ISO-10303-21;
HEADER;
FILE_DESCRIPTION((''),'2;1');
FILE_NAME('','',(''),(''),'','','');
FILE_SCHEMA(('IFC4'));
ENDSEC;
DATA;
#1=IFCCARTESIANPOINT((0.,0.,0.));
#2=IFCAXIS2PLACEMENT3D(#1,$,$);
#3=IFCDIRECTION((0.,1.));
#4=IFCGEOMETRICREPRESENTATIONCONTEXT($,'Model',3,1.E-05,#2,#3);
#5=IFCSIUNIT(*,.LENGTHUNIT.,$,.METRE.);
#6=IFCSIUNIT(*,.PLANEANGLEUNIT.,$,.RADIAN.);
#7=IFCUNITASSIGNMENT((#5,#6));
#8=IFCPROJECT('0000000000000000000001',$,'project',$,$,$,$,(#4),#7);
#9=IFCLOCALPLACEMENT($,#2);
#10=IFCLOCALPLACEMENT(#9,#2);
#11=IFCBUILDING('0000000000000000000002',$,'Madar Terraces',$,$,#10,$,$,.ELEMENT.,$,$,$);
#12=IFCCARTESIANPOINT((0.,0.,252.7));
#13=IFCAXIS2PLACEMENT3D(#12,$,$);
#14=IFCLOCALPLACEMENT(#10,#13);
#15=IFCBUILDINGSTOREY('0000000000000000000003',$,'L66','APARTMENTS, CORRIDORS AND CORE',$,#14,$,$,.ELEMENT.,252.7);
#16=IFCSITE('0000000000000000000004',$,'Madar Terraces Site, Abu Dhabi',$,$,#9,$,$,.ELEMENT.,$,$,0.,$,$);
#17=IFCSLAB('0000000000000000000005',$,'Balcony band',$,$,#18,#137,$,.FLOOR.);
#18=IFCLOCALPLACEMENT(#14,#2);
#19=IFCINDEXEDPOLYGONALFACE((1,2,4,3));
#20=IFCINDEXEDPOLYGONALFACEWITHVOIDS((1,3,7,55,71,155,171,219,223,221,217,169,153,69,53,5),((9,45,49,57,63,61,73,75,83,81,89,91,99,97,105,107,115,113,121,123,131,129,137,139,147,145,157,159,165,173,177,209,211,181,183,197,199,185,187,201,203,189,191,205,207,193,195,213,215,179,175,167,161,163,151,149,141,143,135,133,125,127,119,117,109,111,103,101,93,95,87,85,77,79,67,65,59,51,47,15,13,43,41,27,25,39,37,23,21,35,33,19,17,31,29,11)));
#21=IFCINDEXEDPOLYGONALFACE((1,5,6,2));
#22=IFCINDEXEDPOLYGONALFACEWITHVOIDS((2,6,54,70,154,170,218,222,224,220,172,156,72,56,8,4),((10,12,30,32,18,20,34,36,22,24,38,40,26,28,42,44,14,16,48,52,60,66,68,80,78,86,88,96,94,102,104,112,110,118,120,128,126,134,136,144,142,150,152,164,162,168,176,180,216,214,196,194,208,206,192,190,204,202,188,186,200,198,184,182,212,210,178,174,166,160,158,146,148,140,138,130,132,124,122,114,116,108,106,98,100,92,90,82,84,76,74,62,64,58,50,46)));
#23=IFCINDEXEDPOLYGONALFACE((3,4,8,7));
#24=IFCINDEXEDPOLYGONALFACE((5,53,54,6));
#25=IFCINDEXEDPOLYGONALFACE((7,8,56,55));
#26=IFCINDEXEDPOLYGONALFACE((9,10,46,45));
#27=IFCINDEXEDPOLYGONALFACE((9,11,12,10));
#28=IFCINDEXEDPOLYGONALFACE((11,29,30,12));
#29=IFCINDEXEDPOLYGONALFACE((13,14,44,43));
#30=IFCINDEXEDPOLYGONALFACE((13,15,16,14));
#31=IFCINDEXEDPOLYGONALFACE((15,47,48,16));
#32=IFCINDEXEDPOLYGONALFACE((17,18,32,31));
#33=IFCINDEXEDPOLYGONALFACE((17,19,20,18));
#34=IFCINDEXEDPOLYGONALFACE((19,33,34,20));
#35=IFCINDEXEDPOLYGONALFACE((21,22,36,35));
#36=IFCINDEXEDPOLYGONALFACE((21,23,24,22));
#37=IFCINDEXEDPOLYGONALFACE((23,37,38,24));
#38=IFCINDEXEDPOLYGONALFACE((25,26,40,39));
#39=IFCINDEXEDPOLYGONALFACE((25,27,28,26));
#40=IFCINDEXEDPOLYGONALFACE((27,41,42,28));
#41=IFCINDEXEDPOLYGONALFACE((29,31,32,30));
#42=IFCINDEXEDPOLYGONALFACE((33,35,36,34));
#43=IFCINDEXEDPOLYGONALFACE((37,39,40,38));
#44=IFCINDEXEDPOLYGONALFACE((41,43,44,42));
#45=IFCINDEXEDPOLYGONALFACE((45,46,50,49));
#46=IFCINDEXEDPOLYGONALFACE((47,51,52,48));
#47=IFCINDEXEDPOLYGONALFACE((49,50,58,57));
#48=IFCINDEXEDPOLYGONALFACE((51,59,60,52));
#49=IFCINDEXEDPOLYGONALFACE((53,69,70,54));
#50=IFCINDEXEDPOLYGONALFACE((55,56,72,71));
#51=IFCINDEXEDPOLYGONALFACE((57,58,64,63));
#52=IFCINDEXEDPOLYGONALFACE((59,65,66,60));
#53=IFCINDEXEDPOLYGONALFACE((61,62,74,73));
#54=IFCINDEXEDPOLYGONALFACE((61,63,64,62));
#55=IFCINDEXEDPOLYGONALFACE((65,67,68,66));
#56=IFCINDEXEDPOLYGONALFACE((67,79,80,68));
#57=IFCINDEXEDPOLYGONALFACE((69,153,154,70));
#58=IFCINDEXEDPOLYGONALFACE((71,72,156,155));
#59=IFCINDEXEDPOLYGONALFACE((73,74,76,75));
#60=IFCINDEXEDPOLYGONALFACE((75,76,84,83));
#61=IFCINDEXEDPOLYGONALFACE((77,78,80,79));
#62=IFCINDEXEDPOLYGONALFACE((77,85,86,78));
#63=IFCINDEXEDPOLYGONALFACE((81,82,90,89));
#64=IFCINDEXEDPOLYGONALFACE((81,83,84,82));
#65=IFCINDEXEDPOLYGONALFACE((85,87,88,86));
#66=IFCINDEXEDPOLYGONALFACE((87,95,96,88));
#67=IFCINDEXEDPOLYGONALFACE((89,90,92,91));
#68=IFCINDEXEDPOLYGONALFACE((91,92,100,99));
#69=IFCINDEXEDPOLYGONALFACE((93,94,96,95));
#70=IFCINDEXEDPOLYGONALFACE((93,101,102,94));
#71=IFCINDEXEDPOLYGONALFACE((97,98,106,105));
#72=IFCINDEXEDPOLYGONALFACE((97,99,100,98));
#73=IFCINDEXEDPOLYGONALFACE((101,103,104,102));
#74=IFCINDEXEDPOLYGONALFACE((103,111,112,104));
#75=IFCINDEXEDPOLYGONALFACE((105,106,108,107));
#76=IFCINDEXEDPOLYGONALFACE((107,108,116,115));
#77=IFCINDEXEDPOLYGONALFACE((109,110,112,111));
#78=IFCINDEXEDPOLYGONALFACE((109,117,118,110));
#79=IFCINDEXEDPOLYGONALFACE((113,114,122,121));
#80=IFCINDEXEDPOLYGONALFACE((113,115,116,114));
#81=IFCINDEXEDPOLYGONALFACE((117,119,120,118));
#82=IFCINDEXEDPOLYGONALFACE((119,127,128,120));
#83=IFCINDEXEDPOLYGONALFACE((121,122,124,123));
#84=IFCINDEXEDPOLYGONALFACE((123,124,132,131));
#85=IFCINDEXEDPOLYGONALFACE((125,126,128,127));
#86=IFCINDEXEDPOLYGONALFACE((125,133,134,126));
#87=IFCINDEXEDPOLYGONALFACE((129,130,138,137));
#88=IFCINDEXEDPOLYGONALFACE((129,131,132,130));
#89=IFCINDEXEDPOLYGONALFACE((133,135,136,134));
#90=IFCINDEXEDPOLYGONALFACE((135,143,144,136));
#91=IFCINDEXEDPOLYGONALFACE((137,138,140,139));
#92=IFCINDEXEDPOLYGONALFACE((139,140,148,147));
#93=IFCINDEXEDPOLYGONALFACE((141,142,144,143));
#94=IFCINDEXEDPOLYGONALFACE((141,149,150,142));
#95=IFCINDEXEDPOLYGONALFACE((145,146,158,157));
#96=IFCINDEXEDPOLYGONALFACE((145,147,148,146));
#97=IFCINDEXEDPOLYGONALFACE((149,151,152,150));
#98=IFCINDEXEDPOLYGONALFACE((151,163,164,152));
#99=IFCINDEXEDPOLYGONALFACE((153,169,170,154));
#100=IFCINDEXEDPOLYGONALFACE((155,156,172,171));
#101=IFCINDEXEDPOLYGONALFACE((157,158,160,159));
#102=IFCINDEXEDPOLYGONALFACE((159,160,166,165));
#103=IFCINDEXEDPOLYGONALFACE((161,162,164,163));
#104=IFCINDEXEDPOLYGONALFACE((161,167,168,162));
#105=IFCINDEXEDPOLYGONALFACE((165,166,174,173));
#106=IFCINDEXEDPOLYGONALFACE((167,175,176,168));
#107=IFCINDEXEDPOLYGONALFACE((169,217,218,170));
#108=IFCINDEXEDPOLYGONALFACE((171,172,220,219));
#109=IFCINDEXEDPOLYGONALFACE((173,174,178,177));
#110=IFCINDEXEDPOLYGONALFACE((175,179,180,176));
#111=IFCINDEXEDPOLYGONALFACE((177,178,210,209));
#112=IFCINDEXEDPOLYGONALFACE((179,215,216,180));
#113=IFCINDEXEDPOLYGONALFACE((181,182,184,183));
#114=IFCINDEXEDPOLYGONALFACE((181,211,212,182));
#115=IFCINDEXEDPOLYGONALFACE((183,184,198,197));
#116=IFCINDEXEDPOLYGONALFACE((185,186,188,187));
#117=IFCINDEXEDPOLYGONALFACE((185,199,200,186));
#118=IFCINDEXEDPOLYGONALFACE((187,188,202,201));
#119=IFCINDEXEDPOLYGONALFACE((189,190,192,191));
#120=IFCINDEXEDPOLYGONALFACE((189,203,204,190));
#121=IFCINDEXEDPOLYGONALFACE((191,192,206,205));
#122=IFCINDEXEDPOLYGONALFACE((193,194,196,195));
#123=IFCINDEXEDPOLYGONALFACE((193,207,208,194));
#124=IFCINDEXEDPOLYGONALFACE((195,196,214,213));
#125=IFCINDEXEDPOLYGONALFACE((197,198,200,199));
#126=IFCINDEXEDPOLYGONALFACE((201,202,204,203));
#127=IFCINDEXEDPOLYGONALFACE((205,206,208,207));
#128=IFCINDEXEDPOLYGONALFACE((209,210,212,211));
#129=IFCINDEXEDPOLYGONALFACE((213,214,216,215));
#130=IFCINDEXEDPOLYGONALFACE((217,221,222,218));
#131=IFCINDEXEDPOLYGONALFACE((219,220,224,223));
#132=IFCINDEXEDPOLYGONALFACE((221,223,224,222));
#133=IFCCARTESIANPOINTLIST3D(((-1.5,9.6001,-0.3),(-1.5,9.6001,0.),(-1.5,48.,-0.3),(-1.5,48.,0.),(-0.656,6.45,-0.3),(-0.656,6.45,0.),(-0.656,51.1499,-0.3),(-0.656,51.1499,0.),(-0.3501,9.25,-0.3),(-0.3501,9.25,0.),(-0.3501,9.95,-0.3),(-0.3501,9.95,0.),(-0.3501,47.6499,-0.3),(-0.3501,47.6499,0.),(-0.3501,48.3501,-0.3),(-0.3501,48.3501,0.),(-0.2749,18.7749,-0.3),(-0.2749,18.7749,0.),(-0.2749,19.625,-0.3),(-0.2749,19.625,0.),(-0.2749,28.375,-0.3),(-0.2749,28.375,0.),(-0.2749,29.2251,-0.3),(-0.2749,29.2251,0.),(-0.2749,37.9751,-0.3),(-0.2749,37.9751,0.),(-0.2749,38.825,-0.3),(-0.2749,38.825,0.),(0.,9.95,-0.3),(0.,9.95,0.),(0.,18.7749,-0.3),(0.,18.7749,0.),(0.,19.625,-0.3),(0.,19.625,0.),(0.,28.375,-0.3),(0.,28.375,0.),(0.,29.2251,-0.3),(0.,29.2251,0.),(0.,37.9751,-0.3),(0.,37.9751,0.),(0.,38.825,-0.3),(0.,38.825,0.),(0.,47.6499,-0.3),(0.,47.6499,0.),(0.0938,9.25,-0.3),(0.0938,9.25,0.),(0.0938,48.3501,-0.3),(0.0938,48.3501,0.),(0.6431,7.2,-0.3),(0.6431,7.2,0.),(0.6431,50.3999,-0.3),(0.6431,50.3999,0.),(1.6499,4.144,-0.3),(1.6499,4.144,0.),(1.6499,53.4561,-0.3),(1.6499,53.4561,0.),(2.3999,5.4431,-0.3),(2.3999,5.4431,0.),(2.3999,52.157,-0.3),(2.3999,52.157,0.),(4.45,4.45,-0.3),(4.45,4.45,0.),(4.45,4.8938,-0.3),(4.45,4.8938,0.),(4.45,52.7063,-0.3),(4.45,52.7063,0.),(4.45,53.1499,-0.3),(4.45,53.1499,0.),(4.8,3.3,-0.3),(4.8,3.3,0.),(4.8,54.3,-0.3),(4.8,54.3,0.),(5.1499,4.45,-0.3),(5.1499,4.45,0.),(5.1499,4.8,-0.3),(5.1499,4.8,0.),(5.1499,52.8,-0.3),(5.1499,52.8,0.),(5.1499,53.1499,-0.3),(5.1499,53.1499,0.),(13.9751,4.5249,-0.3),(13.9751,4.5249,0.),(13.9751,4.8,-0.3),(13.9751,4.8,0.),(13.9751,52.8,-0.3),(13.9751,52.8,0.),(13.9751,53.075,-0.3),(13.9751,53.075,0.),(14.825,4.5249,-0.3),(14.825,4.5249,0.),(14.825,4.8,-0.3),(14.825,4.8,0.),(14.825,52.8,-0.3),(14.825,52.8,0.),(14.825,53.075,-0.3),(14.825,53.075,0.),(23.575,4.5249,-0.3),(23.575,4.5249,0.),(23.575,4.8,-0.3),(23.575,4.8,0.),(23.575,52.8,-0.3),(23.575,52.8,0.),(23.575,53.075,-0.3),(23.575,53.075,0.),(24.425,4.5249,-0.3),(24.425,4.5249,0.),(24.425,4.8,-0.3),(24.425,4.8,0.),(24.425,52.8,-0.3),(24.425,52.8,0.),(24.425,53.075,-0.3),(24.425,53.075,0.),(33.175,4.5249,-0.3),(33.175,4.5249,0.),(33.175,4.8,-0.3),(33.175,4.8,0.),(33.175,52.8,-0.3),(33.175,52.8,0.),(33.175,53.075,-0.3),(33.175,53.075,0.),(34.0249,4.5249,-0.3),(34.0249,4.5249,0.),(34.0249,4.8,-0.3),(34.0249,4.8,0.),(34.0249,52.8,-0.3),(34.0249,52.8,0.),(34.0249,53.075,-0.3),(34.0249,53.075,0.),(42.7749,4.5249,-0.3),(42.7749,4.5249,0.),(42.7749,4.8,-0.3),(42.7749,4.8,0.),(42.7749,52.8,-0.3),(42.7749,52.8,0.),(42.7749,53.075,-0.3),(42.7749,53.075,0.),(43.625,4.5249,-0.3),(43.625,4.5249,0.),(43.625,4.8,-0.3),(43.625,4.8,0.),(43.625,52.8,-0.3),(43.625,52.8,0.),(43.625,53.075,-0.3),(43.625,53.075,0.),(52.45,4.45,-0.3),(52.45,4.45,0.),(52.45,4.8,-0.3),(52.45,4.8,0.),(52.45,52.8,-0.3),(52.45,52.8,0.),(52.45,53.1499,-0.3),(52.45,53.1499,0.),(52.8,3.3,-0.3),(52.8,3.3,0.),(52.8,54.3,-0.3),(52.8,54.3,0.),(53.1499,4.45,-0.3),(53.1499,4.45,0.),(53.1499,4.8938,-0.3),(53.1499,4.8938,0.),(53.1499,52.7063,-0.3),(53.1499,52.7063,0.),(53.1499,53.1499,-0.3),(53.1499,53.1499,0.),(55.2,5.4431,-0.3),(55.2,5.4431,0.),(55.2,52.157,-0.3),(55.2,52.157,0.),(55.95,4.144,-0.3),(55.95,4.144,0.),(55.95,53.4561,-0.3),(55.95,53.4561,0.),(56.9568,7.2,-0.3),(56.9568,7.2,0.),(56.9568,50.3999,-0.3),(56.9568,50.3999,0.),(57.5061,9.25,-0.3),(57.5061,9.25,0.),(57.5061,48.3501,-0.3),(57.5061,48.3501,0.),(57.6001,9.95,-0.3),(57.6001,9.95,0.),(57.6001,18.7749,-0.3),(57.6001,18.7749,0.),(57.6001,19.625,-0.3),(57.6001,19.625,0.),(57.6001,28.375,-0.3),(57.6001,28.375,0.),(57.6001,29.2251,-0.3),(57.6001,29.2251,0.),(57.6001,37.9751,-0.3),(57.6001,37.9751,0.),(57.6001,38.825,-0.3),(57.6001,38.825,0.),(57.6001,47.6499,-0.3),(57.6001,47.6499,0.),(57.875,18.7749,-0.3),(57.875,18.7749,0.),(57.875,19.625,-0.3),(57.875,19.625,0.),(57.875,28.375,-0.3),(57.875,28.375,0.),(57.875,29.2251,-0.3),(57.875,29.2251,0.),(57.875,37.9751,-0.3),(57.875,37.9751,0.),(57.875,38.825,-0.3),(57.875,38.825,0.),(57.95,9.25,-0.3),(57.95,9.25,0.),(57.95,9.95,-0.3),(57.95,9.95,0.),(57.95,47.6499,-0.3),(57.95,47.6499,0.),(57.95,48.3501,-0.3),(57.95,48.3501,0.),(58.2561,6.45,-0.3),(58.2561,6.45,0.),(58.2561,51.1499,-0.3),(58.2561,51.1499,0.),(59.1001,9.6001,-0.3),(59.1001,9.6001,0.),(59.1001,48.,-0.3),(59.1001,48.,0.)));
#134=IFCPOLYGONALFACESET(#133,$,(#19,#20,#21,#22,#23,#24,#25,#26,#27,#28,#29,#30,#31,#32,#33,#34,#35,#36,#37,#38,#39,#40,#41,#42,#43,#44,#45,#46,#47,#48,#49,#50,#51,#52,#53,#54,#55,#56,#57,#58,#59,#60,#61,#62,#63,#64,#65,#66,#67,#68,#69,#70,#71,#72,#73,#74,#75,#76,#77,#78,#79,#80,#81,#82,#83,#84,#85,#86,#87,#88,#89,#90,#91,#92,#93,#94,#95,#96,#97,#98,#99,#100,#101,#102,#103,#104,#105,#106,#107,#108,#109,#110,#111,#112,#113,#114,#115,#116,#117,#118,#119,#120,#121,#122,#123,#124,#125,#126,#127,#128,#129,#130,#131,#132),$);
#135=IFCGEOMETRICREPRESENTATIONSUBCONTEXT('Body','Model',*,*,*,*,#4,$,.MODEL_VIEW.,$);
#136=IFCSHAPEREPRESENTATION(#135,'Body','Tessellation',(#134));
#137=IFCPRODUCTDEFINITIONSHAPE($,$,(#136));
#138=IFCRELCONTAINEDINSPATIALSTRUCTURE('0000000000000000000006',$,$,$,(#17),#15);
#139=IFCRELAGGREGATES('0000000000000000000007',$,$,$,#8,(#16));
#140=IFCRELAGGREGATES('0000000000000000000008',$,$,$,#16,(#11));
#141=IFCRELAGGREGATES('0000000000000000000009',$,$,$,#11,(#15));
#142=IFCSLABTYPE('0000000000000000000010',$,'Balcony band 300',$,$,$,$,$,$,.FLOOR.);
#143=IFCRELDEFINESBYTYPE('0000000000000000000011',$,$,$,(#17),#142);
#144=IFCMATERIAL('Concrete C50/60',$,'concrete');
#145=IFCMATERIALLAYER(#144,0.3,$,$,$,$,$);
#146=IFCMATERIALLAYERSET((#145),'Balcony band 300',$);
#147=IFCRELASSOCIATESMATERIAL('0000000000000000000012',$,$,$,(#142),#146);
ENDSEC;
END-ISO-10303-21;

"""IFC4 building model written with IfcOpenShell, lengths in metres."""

from ifc_helpers import new_model, si_unit, direction, frame, origin, place, context, subcontext, project, spatial, polyline, outline, extrude, material, layer, layer_set, type_object, element, save


model = new_model("IFC4")

# Units and contexts
model_context = context("Model", 3, precision=1e-05, world=origin(), true_north=direction((0.0, 1.0)))
body_context = subcontext(model_context, "Body", "Model", "MODEL_VIEW")
ifc_project = project(units=[si_unit("LENGTHUNIT", "METRE"), si_unit("PLANEANGLEUNIT", "RADIAN")], contexts=[model_context])

# Site, building, storey
site_placement = place(None, origin())
site = spatial("IfcSite", under=ifc_project, at=site_placement, Name="Madar Terraces Site, Abu Dhabi", CompositionType="ELEMENT", RefElevation=0.0)
building_placement = place(site_placement, origin())
building = spatial("IfcBuilding", under=site, at=building_placement, Name="Madar Terraces", CompositionType="ELEMENT")
storey_placement = place(building_placement, frame((0.0, 0.0, 252.7)))
storey = spatial("IfcBuildingStorey", under=building, at=storey_placement, Name="L66", Description="APARTMENTS, CORRIDORS AND CORE", CompositionType="ELEMENT", Elevation=252.7)

# Slab
ifc_material_1 = material(Name="Concrete C50/60", Category="concrete")
ifc_layer_1 = layer(ifc_material_1, 0.3)
ifc_layer_set_1 = layer_set([ifc_layer_1], Name="Balcony band 300")
slab_type_1 = type_object("IfcSlabType", Name="Balcony band 300", PredefinedType="FLOOR", material=ifc_layer_set_1)
slab_1_placement = place(storey_placement, frame((0.0, 0.0, -0.3)))
element("IfcSlab", 1, at=slab_1_placement, inside=storey, type_object=slab_type_1, Name="Balcony band", PredefinedType="FLOOR", context=body_context, shape_type="SweptSolid", body=[
    extrude(outline(polyline([(4.8, 3.3), (1.6499, 4.144), (-0.656, 6.45), (-1.5, 9.6001), (-1.5, 48.0), (-0.656, 51.1499), (1.6499, 53.4561), (4.8, 54.3), (52.8, 54.3), (55.95, 53.4561), (58.2561, 51.1499), (59.1001, 48.0), (59.1001, 9.6001), (58.2561, 6.45), (55.95, 4.144), (52.8, 3.3), (4.8, 3.3)]), holes=[polyline([(5.1499, 4.45), (5.1499, 4.8), (13.9751, 4.8), (13.9751, 4.5249), (14.825, 4.5249), (14.825, 4.8), (23.575, 4.8), (23.575, 4.5249), (24.425, 4.5249), (24.425, 4.8), (33.175, 4.8), (33.175, 4.5249), (34.0249, 4.5249), (34.0249, 4.8), (42.7749, 4.8), (42.7749, 4.5249), (43.625, 4.5249), (43.625, 4.8), (52.45, 4.8), (52.45, 4.45), (53.1499, 4.45), (53.1499, 4.8938), (55.2, 5.4431), (56.9568, 7.2), (57.5061, 9.25), (57.95, 9.25), (57.95, 9.95), (57.6001, 9.95), (57.6001, 18.7749), (57.875, 18.7749), (57.875, 19.625), (57.6001, 19.625), (57.6001, 28.375), (57.875, 28.375), (57.875, 29.2251), (57.6001, 29.2251), (57.6001, 37.9751), (57.875, 37.9751), (57.875, 38.825), (57.6001, 38.825), (57.6001, 47.6499), (57.95, 47.6499), (57.95, 48.3501), (57.5061, 48.3501), (56.9568, 50.3999), (55.2, 52.157), (53.1499, 52.7063), (53.1499, 53.1499), (52.45, 53.1499), (52.45, 52.8), (43.625, 52.8), (43.625, 53.075), (42.7749, 53.075), (42.7749, 52.8), (34.0249, 52.8), (34.0249, 53.075), (33.175, 53.075), (33.175, 52.8), (24.425, 52.8), (24.425, 53.075), (23.575, 53.075), (23.575, 52.8), (14.825, 52.8), (14.825, 53.075), (13.9751, 53.075), (13.9751, 52.8), (5.1499, 52.8), (5.1499, 53.1499), (4.45, 53.1499), (4.45, 52.7063), (2.3999, 52.157), (0.6431, 50.3999), (0.0938, 48.3501), (-0.3501, 48.3501), (-0.3501, 47.6499), (0.0, 47.6499), (0.0, 38.825), (-0.2749, 38.825), (-0.2749, 37.9751), (0.0, 37.9751), (0.0, 29.2251), (-0.2749, 29.2251), (-0.2749, 28.375), (0.0, 28.375), (0.0, 19.625), (-0.2749, 19.625), (-0.2749, 18.7749), (0.0, 18.7749), (0.0, 9.95), (-0.3501, 9.95), (-0.3501, 9.25), (0.0938, 9.25), (0.6431, 7.2), (2.3999, 5.4431), (4.45, 4.8938), (4.45, 4.45), (5.1499, 4.45)])]), origin(), (0.0, 0.0, 1.0), 0.3),
])

save(model, "model.ifc")
